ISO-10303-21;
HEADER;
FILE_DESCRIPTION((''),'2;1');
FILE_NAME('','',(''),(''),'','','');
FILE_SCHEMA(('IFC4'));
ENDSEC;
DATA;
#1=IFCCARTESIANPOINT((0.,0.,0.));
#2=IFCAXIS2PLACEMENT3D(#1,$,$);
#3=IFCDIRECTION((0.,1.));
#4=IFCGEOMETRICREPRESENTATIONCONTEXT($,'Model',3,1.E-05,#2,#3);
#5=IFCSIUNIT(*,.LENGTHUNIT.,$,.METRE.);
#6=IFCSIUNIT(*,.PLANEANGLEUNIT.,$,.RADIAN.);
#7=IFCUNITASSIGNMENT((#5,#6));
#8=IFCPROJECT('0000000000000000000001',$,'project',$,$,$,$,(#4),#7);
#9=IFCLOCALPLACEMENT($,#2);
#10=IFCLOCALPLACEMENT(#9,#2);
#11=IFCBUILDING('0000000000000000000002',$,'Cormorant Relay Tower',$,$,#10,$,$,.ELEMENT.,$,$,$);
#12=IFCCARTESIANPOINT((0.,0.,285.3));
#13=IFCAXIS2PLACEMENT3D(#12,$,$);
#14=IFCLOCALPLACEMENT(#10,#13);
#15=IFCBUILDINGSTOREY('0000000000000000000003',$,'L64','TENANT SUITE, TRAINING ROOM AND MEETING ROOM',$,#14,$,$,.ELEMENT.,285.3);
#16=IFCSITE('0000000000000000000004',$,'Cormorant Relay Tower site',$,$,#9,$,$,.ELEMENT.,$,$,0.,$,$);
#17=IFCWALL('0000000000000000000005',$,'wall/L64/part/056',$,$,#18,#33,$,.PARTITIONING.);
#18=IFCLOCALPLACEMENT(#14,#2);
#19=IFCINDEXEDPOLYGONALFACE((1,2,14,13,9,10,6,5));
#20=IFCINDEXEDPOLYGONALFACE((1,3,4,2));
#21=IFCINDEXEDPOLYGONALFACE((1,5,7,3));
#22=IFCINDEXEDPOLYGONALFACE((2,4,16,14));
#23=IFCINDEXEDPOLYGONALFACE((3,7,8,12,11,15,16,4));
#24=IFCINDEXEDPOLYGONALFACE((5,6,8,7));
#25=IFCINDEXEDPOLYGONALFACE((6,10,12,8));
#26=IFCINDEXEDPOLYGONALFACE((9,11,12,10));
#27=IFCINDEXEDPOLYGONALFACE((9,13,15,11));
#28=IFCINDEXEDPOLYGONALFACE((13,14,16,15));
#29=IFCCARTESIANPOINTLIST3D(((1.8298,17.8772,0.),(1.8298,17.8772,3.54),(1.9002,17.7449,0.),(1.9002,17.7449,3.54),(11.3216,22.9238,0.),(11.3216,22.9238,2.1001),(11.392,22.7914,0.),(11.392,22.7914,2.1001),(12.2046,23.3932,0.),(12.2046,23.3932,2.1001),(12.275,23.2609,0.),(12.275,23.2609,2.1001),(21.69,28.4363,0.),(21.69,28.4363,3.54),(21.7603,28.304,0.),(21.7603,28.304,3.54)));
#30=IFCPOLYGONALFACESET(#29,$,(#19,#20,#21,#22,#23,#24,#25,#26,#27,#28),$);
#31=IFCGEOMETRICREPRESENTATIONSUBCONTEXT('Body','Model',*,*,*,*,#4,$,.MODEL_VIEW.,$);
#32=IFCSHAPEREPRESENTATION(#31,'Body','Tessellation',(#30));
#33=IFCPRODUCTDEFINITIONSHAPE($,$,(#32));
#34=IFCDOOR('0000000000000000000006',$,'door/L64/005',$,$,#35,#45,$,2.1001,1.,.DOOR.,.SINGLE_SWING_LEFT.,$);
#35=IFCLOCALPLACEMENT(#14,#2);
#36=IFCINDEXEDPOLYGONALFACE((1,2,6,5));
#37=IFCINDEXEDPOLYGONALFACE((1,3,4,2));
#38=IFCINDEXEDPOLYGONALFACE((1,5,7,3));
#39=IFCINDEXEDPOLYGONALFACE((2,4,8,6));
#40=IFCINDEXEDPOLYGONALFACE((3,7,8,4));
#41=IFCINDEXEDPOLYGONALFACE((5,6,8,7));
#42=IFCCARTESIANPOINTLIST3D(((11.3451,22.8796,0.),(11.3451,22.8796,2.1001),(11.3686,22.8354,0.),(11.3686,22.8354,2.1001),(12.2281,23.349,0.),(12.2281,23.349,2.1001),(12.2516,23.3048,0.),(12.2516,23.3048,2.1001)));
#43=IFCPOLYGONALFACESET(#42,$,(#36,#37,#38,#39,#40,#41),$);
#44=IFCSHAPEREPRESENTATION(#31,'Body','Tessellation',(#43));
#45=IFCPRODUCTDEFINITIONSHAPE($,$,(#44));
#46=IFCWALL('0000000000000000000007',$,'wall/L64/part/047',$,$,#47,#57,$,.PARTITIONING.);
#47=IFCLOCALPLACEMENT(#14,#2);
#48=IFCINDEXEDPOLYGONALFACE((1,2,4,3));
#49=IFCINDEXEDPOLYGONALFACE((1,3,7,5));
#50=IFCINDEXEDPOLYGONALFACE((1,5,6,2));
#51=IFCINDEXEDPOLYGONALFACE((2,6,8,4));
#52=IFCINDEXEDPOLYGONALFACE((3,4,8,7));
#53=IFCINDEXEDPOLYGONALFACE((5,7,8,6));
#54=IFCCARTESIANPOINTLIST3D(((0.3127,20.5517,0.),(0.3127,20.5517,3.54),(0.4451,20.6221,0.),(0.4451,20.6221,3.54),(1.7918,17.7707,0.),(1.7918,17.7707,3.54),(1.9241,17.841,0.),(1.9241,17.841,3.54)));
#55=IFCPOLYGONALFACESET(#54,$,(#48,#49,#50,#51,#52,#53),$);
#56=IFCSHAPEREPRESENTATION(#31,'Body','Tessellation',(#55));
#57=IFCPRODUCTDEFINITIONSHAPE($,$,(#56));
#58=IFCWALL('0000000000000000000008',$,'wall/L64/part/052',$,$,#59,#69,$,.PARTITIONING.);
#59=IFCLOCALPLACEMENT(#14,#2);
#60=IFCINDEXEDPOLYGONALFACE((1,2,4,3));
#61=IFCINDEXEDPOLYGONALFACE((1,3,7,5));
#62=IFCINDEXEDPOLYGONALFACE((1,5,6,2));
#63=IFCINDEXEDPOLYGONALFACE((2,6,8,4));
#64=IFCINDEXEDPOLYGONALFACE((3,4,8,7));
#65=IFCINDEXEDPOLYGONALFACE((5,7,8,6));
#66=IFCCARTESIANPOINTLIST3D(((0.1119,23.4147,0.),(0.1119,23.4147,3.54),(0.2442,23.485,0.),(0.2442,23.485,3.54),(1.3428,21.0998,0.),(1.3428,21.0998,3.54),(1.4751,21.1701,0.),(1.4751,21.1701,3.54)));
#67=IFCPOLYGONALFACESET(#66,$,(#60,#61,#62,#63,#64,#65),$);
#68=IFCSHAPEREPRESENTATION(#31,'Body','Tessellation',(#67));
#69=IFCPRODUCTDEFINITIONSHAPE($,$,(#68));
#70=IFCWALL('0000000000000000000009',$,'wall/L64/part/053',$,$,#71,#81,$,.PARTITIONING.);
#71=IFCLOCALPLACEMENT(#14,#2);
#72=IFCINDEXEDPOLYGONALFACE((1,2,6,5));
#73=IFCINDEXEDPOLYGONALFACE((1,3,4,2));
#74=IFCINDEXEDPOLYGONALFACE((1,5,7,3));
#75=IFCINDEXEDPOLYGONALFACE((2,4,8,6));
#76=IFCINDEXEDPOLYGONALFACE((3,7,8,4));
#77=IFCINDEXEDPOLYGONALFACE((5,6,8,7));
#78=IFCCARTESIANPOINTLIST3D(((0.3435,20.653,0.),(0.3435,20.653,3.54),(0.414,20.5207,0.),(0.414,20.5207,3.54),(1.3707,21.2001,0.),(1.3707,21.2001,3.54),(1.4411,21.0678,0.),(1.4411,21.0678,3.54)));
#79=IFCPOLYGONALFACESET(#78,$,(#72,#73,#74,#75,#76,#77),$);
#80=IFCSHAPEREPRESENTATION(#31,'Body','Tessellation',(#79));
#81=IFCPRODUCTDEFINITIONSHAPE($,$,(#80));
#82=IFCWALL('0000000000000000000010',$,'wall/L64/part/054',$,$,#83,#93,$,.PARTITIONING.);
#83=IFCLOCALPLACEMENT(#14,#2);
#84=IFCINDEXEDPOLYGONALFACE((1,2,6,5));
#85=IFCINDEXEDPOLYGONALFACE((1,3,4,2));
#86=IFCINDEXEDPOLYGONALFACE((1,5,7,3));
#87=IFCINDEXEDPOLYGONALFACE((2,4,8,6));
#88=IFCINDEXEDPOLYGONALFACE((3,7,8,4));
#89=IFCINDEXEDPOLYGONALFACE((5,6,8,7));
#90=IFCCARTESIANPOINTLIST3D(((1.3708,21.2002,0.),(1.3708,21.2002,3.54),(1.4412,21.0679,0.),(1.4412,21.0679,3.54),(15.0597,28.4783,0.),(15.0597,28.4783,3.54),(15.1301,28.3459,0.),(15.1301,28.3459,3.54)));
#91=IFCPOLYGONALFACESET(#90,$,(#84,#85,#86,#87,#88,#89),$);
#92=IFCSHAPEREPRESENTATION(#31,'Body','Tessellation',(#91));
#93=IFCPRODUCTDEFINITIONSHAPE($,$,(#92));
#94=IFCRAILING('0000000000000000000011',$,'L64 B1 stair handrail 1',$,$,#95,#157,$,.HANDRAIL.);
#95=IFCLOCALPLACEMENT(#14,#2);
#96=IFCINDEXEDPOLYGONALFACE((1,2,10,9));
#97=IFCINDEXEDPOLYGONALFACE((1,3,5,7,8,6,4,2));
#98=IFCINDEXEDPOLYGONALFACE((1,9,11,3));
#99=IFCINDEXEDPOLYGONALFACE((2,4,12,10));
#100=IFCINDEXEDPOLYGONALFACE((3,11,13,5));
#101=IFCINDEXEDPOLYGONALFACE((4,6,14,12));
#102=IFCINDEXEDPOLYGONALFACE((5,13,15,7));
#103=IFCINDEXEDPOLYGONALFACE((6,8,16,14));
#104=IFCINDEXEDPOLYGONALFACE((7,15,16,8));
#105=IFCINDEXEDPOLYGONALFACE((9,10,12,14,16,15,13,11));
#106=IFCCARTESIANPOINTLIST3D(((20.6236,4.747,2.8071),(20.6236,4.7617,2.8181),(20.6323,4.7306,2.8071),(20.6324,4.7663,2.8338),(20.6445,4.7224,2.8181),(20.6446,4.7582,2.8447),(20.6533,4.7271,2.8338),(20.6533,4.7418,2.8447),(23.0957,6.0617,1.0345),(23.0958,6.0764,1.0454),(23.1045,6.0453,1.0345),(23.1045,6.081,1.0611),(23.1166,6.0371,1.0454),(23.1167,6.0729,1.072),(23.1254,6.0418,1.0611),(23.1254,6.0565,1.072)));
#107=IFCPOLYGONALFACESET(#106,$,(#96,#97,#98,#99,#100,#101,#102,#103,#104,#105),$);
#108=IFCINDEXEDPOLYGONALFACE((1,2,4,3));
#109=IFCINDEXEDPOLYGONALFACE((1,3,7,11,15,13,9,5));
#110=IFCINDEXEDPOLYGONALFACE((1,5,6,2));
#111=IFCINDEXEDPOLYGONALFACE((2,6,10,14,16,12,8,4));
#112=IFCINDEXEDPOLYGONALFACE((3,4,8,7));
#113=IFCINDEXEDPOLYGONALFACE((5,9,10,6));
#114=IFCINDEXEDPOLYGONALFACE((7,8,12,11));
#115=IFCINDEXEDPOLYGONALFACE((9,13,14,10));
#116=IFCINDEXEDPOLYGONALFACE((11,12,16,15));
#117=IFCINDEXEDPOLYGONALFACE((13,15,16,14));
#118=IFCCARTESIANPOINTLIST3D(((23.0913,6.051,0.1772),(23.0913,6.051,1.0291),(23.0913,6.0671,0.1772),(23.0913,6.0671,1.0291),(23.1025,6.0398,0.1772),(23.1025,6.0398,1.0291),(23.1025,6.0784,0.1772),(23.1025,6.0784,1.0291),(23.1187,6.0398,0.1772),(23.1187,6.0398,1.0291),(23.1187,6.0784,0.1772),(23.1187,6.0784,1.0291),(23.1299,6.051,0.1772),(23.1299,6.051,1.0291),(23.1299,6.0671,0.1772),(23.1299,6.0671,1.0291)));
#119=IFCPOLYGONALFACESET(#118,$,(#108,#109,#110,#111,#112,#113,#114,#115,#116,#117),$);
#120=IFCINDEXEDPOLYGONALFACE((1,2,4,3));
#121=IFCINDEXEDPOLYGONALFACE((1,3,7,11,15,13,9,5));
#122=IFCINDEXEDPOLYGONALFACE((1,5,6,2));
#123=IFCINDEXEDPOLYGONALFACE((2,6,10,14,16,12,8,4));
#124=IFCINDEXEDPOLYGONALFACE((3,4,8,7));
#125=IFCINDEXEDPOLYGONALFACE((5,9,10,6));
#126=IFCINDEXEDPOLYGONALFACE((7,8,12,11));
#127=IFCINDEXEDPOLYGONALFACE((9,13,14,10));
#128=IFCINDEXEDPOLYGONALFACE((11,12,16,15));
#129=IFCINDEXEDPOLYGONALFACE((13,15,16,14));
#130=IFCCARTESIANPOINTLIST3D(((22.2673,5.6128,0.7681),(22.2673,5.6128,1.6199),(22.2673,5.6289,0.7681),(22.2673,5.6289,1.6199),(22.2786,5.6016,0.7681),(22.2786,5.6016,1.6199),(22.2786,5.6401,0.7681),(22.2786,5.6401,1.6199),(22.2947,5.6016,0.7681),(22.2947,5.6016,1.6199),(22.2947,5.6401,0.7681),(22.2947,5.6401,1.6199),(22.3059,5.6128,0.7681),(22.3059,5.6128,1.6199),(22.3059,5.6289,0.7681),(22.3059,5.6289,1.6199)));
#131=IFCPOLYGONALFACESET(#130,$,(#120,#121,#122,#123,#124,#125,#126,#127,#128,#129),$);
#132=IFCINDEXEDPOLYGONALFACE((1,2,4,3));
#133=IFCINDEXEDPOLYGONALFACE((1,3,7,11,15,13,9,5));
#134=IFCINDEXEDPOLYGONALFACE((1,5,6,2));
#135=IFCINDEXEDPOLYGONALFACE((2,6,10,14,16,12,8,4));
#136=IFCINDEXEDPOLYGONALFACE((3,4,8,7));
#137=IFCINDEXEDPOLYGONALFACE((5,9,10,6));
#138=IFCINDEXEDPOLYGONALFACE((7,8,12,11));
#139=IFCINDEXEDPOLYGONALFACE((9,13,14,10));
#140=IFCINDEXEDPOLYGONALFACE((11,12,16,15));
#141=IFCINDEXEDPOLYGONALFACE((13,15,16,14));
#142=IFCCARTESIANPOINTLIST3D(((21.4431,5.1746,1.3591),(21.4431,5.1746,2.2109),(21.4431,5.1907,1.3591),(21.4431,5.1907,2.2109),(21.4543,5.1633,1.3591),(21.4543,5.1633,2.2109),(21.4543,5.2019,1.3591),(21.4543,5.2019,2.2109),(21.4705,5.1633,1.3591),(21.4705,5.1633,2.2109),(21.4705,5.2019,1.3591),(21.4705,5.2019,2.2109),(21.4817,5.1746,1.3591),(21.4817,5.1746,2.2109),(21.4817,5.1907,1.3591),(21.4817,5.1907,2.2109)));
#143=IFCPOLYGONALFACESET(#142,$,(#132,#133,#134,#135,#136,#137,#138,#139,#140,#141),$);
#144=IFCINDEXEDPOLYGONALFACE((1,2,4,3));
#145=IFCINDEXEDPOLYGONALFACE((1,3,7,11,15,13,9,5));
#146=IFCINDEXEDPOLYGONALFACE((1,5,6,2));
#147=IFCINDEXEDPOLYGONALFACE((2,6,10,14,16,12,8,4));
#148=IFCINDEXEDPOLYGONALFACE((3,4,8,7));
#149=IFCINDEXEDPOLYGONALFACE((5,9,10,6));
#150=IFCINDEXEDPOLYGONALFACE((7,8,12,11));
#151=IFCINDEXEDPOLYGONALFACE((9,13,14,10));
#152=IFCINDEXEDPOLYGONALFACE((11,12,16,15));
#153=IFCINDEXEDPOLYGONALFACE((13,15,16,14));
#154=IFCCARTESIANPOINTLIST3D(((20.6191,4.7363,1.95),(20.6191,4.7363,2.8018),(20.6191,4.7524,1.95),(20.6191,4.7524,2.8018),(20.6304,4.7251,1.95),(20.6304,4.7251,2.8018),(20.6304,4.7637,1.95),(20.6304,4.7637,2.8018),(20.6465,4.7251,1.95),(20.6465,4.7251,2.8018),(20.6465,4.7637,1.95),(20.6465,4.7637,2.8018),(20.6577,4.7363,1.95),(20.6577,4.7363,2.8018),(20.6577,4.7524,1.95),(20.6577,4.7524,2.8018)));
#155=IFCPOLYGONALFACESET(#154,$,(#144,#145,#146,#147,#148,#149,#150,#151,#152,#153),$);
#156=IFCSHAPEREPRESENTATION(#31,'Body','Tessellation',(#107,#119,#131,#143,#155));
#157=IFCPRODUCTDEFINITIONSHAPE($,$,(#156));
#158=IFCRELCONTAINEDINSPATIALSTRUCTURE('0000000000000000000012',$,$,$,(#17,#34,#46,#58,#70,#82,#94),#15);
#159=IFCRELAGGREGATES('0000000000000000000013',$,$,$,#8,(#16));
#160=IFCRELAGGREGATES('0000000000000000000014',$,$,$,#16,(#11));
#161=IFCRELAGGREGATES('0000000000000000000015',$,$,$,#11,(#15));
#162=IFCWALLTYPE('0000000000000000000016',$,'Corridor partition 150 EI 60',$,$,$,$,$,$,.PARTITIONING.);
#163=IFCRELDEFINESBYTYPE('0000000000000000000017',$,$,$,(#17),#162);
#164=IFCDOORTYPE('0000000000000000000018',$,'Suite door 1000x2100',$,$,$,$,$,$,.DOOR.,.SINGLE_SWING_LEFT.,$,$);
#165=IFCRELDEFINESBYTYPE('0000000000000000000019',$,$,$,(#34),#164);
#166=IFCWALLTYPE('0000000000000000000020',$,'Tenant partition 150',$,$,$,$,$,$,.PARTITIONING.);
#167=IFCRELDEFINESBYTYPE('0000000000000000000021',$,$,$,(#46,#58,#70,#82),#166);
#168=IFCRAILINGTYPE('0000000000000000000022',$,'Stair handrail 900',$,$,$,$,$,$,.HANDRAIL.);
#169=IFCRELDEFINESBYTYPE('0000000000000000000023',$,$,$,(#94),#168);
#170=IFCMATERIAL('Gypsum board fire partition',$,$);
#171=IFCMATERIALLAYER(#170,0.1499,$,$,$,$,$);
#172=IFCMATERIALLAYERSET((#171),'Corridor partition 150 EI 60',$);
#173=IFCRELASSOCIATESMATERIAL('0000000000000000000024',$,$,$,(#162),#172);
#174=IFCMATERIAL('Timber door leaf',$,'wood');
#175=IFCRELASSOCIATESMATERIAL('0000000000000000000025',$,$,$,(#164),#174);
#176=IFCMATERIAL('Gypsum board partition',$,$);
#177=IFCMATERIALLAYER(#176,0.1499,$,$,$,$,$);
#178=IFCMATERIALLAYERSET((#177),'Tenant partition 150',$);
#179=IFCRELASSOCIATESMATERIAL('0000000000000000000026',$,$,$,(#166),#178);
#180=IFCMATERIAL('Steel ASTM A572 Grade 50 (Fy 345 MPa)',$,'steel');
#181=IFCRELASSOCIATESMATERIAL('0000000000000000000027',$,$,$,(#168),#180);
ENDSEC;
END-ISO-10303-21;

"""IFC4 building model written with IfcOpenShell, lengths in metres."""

from ifc_helpers import new_model, si_unit, direction, frame, frame_2d, origin, place, context, subcontext, project, spatial, polyline, rectangle, outline, extrude, material, layer, layer_set, type_object, element, fill, save


model = new_model("IFC4")

# Units and contexts
model_context = context("Model", 3, precision=1e-05, world=origin(), true_north=direction((0.0, 1.0)))
body_context = subcontext(model_context, "Body", "Model", "MODEL_VIEW")
ifc_project = project(units=[si_unit("LENGTHUNIT", "METRE"), si_unit("PLANEANGLEUNIT", "RADIAN")], contexts=[model_context])

# Site, building, storey
site_placement = place(None, origin())
site = spatial("IfcSite", under=ifc_project, at=site_placement, Name="Cormorant Relay Tower site", CompositionType="ELEMENT", RefElevation=0.0)
building_placement = place(site_placement, origin())
building = spatial("IfcBuilding", under=site, at=building_placement, Name="Cormorant Relay Tower", CompositionType="ELEMENT")
storey_placement = place(building_placement, frame((0.0, 0.0, 285.3)))
storey = spatial("IfcBuildingStorey", under=building, at=storey_placement, Name="L64", Description="TENANT SUITE, TRAINING ROOM AND MEETING ROOM", CompositionType="ELEMENT", Elevation=285.3)

# Shared definitions
ifc_material_1 = material(Name="Gypsum board fire partition")
ifc_layer_1 = layer(ifc_material_1, 0.1499)
ifc_layer_set_1 = layer_set([ifc_layer_1], Name="Corridor partition 150 EI 60")
wall_type_1 = type_object("IfcWallType", Name="Corridor partition 150 EI 60", PredefinedType="PARTITIONING", material=ifc_layer_set_1)

# Wall, opening, door
wall_1_placement = place(storey_placement, frame((1.865, 17.811, 0.0), z_axis=(0.0, 0.0, 1.0), x_axis=(0.882961, 0.469446, 0.0)))
wall_1 = element("IfcWall", 1, at=wall_1_placement, inside=storey, type_object=wall_type_1, Name="wall/L64/part/056", PredefinedType="PARTITIONING", context=body_context, shape_type="SweptSolid", body=[
    extrude(rectangle(XDim=22.4927, YDim=0.1499, at=frame_2d((11.2463, 0.0))), origin(), (0.0, 0.0, 1.0), 3.54),
])
opening_1_placement = place(wall_1_placement, frame((10.75, 0.0, 0.0)))
opening_1 = element("IfcOpeningElement", 2, at=opening_1_placement, cuts=wall_1, PredefinedType="OPENING", context=body_context, shape_type="SweptSolid", body=[
    extrude(rectangle(XDim=1.0, YDim=2.1001, at=frame_2d((0.5, 1.05))), frame((0.0, 0.085, 0.0), z_axis=(0.0, -1.0, 0.0), x_axis=(1.0, 0.0, 0.0)), (0.0, 0.0, 1.0), 0.1699),
])
ifc_material_2 = material(Name="Timber door leaf", Category="wood")
door_type_1 = type_object("IfcDoorType", Name="Suite door 1000x2100", OperationType="SINGLE_SWING_LEFT", PredefinedType="DOOR", material=ifc_material_2)
door_1_placement = place(opening_1_placement, origin())
door_1 = element("IfcDoor", 3, at=door_1_placement, inside=storey, type_object=door_type_1, Name="door/L64/005", OperationType="SINGLE_SWING_LEFT", OverallHeight=2.1001, OverallWidth=1.0, PredefinedType="DOOR", context=body_context, shape_type="SweptSolid", body=[
    extrude(rectangle(XDim=1.0, YDim=2.1001, at=frame_2d((0.5, 1.05))), frame((0.0, 0.0249, 0.0), z_axis=(0.0, -1.0, 0.0), x_axis=(1.0, 0.0, 0.0)), (0.0, 0.0, 1.0), 0.05),
])
fill(opening_1, door_1)

# Walls
ifc_material_3 = material(Name="Gypsum board partition")
ifc_layer_2 = layer(ifc_material_3, 0.1499)
ifc_layer_set_2 = layer_set([ifc_layer_2], Name="Tenant partition 150")
wall_type_2 = type_object("IfcWallType", Name="Tenant partition 150", PredefinedType="PARTITIONING", material=ifc_layer_set_2)
wall_2_placement = place(storey_placement, frame((0.3789, 20.5869, 0.0), z_axis=(0.0, 0.0, 1.0), x_axis=(0.46955, -0.882906, 0.0)))
element("IfcWall", 4, at=wall_2_placement, inside=storey, type_object=wall_type_2, Name="wall/L64/part/047", PredefinedType="PARTITIONING", context=body_context, shape_type="SweptSolid", body=[
    extrude(rectangle(XDim=3.1499, YDim=0.1499, at=frame_2d((1.575, 0.0))), origin(), (0.0, 0.0, 1.0), 3.54),
])
wall_3_placement = place(storey_placement, frame((0.178, 23.45, 0.0), z_axis=(0.0, 0.0, 1.0), x_axis=(0.469496, -0.882935, 0.0)))
element("IfcWall", 5, at=wall_3_placement, inside=storey, type_object=wall_type_2, Name="wall/L64/part/052", PredefinedType="PARTITIONING", context=body_context, shape_type="SweptSolid", body=[
    extrude(rectangle(XDim=2.6218, YDim=0.1499, at=frame_2d((1.311, 0.0))), origin(), (0.0, 0.0, 1.0), 3.54),
])
wall_4_placement = place(storey_placement, frame((1.406, 21.134, 0.0), z_axis=(0.0, 0.0, 1.0), x_axis=(-0.882591, -0.470142, 0.0)))
element("IfcWall", 6, at=wall_4_placement, inside=storey, type_object=wall_type_2, Name="wall/L64/part/053", PredefinedType="PARTITIONING", context=body_context, shape_type="SweptSolid", body=[
    extrude(rectangle(XDim=1.1638, YDim=0.1499, at=frame_2d((0.582, 0.0))), origin(), (0.0, 0.0, 1.0), 3.54),
])
wall_5_placement = place(storey_placement, frame((1.406, 21.134, 0.0), z_axis=(0.0, 0.0, 1.0), x_axis=(0.88296, 0.469448, 0.0)))
element("IfcWall", 7, at=wall_5_placement, inside=storey, type_object=wall_type_2, Name="wall/L64/part/054", PredefinedType="PARTITIONING", context=body_context, shape_type="SweptSolid", body=[
    extrude(rectangle(XDim=15.5034, YDim=0.1499, at=frame_2d((7.7517, 0.0))), origin(), (0.0, 0.0, 1.0), 3.54),
])

# Railing
ifc_material_4 = material(Name="Steel ASTM A572 Grade 50 (Fy 345 MPa)", Category="steel")
railing_type = type_object("IfcRailingType", Name="Stair handrail 900", PredefinedType="HANDRAIL", material=ifc_material_4)
railing_placement = place(storey_placement, frame((23.1106, 6.0591, 0.1772)))
element("IfcRailing", 8, at=railing_placement, inside=storey, type_object=railing_type, Name="L64 B1 stair handrail 1", PredefinedType="HANDRAIL", context=body_context, shape_type="SweptSolid", body=[
    extrude(outline(polyline([(0.0222, 0.0093), (0.0093, 0.0222), (-0.0093, 0.0222), (-0.0222, 0.0093), (-0.0222, -0.0093), (-0.0093, -0.0222), (0.0093, -0.0222), (0.0222, -0.0093), (0.0222, 0.0093)])), frame((0.0, 0.0, 0.876), z_axis=(-0.745979, -0.396711, 0.534916), x_axis=(0.469533, -0.882915, 0.0)), (0.0, 0.0, 1.0), 3.314),
    extrude(outline(polyline([(0.0193, 0.0081), (0.0081, 0.0193), (-0.0081, 0.0193), (-0.0193, 0.0081), (-0.0193, -0.0081), (-0.0081, -0.0193), (0.0081, -0.0193), (0.0193, -0.0081), (0.0193, 0.0081)])), origin(), (0.0, 0.0, 1.0), 0.8518),
    extrude(outline(polyline([(0.0193, 0.0081), (0.0081, 0.0193), (-0.0081, 0.0193), (-0.0193, 0.0081), (-0.0193, -0.0081), (-0.0081, -0.0193), (0.0081, -0.0193), (0.0193, -0.0081), (0.0193, 0.0081)])), frame((-0.824, -0.4382, 0.5908)), (0.0, 0.0, 1.0), 0.8518),
    extrude(outline(polyline([(0.0193, 0.0081), (0.0081, 0.0193), (-0.0081, 0.0193), (-0.0193, 0.0081), (-0.0193, -0.0081), (-0.0081, -0.0193), (0.0081, -0.0193), (0.0193, -0.0081), (0.0193, 0.0081)])), frame((-1.6482, -0.8765, 1.1819)), (0.0, 0.0, 1.0), 0.8518),
    extrude(outline(polyline([(0.0193, 0.0081), (0.0081, 0.0193), (-0.0081, 0.0193), (-0.0193, 0.0081), (-0.0193, -0.0081), (-0.0081, -0.0193), (0.0081, -0.0193), (0.0193, -0.0081), (0.0193, 0.0081)])), frame((-2.4722, -1.3147, 1.7727)), (0.0, 0.0, 1.0), 0.8518),
])

save(model, "model.ifc")
